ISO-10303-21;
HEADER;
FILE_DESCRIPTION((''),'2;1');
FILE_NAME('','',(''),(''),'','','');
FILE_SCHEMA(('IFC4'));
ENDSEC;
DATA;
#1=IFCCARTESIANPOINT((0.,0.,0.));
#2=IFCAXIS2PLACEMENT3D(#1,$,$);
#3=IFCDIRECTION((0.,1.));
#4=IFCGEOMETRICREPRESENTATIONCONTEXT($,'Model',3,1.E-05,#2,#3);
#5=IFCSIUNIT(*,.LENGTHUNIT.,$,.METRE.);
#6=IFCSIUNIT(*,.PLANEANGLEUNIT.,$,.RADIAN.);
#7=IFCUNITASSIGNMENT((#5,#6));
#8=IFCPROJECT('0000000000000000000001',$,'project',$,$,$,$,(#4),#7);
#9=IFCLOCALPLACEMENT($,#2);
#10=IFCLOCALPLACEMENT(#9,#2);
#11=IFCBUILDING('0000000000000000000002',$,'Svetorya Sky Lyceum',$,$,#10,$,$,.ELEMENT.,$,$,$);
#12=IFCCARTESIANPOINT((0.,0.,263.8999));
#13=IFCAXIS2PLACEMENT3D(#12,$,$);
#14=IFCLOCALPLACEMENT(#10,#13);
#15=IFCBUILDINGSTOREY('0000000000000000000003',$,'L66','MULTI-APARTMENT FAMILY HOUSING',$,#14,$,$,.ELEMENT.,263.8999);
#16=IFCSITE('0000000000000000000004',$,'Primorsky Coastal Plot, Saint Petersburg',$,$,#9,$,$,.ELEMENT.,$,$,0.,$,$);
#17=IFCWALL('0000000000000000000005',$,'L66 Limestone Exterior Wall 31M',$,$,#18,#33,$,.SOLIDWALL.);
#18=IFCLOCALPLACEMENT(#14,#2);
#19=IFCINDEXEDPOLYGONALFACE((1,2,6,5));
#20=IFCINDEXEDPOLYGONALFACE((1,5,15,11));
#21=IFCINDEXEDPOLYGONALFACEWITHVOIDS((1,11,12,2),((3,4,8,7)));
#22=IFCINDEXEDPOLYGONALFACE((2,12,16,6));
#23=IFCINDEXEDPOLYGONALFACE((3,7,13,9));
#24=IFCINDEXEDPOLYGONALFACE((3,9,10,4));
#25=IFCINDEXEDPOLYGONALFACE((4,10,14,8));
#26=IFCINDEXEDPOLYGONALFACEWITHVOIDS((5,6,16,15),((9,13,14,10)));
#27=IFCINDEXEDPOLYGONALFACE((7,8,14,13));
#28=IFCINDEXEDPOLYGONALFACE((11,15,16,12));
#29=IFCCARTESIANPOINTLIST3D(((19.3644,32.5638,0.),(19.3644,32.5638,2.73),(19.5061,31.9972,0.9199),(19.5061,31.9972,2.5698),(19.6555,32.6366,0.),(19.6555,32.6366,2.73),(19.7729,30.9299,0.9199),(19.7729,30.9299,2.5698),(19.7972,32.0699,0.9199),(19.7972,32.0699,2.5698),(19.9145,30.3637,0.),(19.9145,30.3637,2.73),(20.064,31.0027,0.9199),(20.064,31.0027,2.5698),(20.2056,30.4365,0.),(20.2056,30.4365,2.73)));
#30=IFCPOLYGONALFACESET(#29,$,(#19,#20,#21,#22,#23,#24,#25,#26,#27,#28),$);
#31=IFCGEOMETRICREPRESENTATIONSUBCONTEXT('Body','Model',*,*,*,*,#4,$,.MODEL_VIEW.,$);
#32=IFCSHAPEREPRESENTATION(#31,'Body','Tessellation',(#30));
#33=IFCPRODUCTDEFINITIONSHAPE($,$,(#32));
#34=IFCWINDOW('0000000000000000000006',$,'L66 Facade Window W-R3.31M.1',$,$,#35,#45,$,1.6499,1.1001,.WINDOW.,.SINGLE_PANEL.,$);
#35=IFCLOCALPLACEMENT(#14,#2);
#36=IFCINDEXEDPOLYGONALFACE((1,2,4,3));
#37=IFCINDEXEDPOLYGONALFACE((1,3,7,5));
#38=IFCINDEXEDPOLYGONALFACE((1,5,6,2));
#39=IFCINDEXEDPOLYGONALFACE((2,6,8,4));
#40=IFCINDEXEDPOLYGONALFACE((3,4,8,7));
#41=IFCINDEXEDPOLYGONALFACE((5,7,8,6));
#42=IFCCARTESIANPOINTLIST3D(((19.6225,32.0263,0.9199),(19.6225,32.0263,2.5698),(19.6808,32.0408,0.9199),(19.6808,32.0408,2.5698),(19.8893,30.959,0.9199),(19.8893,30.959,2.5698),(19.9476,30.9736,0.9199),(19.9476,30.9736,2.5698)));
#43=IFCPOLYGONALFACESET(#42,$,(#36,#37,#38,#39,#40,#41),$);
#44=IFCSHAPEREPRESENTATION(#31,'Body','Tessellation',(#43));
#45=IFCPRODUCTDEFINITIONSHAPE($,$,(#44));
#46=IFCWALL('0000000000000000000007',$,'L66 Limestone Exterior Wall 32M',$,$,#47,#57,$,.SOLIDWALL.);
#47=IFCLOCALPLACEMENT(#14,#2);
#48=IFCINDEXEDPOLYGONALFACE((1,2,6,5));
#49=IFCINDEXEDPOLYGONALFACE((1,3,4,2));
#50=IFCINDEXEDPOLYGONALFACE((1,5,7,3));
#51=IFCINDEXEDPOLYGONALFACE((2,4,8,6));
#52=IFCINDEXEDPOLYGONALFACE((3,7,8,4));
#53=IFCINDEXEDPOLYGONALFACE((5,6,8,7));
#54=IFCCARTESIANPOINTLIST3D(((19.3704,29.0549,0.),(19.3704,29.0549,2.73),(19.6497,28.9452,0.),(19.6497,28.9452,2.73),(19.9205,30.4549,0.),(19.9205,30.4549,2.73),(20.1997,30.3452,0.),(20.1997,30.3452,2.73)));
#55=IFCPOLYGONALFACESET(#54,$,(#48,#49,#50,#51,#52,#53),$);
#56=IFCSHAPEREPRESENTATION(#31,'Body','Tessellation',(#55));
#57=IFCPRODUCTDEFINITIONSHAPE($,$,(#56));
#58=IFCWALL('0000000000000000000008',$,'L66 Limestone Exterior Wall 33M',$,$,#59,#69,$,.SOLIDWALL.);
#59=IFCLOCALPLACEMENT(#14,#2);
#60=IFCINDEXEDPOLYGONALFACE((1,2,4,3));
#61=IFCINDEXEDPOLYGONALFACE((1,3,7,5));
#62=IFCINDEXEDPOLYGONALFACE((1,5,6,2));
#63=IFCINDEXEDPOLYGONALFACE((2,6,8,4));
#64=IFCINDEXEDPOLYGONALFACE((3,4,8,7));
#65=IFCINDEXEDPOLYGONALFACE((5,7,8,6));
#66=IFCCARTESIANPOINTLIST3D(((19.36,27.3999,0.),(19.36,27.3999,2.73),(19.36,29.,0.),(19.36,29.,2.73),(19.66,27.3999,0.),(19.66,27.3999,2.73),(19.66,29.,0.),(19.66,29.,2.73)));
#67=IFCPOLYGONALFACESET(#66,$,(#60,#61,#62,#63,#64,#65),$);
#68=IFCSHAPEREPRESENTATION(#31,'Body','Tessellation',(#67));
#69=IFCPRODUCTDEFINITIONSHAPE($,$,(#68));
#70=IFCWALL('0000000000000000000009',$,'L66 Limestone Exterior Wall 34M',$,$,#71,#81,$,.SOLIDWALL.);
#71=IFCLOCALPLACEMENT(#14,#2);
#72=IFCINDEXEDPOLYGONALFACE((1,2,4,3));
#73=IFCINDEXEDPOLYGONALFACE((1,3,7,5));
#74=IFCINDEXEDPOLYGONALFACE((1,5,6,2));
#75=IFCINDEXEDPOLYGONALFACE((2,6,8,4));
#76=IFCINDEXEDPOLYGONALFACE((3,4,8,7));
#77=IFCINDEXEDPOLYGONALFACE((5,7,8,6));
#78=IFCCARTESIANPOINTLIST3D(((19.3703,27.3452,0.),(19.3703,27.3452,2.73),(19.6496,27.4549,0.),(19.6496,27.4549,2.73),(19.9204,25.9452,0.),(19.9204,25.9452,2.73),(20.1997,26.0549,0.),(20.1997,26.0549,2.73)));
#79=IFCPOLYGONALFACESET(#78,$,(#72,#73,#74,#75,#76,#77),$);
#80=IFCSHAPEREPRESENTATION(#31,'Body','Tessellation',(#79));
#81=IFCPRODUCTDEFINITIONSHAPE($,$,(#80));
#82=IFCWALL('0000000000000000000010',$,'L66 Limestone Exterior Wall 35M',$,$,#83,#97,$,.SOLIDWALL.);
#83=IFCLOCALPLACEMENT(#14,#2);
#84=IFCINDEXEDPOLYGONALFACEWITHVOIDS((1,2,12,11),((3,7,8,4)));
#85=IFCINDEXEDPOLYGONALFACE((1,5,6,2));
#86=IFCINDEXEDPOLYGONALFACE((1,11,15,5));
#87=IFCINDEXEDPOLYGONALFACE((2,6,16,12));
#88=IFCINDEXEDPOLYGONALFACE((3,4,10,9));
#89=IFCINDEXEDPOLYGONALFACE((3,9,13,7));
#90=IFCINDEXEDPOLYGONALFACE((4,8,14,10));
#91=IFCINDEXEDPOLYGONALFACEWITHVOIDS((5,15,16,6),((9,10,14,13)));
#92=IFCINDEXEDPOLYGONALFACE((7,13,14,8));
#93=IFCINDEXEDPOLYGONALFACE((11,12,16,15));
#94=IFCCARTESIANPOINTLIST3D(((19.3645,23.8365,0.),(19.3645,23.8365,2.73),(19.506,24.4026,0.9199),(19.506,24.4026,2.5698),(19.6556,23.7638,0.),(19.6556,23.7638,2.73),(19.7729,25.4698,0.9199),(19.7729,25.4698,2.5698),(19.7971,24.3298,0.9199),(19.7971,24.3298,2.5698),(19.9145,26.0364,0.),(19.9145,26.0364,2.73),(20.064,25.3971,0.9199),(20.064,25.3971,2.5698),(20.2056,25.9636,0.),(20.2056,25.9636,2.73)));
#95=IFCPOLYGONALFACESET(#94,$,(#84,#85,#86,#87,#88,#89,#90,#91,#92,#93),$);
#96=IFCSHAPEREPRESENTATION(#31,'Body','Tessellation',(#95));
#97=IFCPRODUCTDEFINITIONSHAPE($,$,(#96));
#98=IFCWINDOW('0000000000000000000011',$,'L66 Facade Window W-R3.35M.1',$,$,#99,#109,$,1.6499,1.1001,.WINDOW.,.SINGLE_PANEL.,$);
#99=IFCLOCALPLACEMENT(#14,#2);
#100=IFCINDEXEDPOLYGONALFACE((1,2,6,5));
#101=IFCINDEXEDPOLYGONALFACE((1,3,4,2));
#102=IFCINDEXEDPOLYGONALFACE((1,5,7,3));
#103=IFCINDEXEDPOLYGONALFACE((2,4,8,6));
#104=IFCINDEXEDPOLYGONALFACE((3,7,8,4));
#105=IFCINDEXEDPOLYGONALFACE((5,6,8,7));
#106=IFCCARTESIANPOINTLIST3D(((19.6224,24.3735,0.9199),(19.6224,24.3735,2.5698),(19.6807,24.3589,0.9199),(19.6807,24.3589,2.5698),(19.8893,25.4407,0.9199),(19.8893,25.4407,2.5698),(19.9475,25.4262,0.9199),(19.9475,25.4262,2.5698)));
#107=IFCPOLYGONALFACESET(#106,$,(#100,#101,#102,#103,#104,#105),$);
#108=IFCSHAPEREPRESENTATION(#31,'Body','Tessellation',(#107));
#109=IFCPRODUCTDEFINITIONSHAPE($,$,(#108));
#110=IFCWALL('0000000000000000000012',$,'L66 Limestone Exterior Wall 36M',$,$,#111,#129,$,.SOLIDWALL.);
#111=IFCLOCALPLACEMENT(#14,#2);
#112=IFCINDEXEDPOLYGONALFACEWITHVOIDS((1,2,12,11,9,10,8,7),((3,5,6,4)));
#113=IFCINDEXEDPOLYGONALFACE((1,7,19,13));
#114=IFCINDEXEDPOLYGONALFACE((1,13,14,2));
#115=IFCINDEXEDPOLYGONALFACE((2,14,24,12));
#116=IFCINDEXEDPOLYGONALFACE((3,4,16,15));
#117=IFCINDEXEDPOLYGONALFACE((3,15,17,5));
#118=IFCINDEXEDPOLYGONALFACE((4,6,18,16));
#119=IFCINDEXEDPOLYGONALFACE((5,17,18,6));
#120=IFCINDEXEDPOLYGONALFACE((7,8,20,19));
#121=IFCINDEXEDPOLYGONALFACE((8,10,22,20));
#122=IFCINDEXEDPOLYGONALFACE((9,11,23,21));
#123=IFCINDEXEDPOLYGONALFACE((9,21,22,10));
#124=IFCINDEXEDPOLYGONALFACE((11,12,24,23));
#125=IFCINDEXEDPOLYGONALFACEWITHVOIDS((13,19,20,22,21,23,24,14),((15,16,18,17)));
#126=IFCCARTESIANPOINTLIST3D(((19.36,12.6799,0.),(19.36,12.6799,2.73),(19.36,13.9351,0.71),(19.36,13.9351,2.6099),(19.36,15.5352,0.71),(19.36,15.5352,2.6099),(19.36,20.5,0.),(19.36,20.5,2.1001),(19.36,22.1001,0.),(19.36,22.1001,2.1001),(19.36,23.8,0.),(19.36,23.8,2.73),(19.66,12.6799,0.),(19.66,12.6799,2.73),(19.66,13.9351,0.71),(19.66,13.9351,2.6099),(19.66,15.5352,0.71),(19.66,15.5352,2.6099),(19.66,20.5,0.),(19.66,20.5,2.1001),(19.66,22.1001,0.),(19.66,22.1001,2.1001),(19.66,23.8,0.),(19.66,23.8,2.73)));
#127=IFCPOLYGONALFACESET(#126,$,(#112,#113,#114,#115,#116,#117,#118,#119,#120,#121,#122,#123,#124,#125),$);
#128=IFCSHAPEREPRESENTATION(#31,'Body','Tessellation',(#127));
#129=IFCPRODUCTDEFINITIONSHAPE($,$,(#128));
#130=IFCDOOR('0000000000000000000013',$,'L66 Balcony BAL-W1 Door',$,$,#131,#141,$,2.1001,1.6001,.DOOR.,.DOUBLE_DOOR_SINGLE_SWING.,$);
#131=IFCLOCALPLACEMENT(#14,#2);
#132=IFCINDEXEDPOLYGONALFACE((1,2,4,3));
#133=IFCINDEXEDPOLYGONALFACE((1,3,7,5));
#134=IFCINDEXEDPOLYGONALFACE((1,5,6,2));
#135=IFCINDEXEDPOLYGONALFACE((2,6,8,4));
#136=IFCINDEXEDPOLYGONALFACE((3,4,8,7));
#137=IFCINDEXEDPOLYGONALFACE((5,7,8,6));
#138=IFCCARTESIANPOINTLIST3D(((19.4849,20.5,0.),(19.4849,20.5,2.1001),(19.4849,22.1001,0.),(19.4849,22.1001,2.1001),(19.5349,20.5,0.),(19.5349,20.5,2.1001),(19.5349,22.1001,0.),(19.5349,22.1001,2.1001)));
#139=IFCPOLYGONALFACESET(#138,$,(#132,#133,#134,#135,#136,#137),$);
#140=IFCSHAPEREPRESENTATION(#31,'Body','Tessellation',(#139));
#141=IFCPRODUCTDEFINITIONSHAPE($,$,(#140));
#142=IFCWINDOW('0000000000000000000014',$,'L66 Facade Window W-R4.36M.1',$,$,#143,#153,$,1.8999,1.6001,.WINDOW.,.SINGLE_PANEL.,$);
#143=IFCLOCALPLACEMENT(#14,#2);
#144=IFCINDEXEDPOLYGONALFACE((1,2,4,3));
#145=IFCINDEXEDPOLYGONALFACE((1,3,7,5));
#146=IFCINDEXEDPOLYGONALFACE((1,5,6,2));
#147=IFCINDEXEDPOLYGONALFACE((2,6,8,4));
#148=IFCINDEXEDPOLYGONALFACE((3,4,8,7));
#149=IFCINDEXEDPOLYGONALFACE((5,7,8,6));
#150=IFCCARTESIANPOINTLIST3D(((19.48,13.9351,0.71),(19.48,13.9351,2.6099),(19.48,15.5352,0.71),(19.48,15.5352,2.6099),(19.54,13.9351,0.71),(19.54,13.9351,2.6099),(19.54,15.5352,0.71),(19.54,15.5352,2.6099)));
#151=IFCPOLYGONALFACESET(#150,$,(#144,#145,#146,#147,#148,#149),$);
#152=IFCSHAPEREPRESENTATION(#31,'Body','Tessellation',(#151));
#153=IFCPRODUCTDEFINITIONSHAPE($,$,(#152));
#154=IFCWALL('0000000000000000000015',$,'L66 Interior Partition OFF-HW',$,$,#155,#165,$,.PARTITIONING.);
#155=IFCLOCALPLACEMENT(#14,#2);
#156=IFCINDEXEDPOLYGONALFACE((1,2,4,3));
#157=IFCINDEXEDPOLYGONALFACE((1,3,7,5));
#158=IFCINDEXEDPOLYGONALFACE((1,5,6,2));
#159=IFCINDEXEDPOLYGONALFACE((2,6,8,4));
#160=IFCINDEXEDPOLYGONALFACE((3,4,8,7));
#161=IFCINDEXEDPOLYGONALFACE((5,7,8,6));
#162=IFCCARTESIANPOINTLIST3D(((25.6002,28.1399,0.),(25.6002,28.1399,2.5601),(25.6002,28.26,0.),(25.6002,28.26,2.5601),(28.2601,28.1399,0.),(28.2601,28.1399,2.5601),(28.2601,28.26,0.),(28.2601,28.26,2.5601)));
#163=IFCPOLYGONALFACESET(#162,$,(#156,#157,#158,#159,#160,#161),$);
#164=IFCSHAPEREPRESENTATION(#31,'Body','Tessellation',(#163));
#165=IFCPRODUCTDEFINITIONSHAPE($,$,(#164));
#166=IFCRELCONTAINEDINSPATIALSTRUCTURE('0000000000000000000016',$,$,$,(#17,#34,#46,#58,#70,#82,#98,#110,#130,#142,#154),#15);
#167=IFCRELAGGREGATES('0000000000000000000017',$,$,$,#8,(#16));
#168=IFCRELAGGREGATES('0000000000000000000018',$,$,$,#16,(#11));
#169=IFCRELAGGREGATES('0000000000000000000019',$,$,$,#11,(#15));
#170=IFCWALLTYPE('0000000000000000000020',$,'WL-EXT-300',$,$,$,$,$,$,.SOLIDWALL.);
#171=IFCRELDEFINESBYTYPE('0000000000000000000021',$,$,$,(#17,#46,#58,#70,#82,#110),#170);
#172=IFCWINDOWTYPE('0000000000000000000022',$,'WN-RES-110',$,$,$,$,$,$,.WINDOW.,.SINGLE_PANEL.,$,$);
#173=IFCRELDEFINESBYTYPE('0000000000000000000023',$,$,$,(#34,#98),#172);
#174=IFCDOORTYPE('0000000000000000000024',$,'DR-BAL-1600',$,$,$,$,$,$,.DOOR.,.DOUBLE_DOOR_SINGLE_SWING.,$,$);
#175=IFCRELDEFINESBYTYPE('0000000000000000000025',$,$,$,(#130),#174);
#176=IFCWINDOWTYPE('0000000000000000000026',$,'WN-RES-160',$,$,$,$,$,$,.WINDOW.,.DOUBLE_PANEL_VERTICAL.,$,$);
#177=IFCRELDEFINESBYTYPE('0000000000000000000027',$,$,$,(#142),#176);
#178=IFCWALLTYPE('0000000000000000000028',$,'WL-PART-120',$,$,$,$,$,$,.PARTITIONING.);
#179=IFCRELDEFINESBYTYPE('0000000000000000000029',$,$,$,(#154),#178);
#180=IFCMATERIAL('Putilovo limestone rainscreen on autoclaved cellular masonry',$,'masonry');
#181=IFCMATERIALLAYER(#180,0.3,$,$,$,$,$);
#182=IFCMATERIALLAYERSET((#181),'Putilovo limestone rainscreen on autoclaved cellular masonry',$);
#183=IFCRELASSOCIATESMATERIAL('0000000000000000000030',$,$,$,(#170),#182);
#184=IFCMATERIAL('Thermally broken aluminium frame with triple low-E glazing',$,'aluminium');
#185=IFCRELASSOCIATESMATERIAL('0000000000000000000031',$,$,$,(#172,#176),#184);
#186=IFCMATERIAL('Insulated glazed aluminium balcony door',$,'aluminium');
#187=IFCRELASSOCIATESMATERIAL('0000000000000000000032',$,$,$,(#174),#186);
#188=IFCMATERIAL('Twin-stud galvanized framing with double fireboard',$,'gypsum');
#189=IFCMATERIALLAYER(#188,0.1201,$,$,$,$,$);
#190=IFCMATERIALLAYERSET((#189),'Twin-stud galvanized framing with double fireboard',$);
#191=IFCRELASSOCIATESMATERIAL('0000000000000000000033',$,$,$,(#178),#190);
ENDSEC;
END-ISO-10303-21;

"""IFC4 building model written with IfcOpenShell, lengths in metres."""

from ifc_helpers import new_model, si_unit, direction, frame, frame_2d, origin, place, context, subcontext, project, spatial, rectangle, extrude, material, layer, layer_set, type_object, element, fill, save


model = new_model("IFC4")

# Units and contexts
model_context = context("Model", 3, precision=1e-05, world=origin(), true_north=direction((0.0, 1.0)))
body_context = subcontext(model_context, "Body", "Model", "MODEL_VIEW")
ifc_project = project(units=[si_unit("LENGTHUNIT", "METRE"), si_unit("PLANEANGLEUNIT", "RADIAN")], contexts=[model_context])

# Site, building, storey
site_placement = place(None, origin())
site = spatial("IfcSite", under=ifc_project, at=site_placement, Name="Primorsky Coastal Plot, Saint Petersburg", CompositionType="ELEMENT", RefElevation=0.0)
building_placement = place(site_placement, origin())
building = spatial("IfcBuilding", under=site, at=building_placement, Name="Svetorya Sky Lyceum", CompositionType="ELEMENT")
storey_placement = place(building_placement, frame((0.0, 0.0, 263.8999)))
storey = spatial("IfcBuildingStorey", under=building, at=storey_placement, Name="L66", Description="MULTI-APARTMENT FAMILY HOUSING", CompositionType="ELEMENT", Elevation=263.8999)

# Wall, opening, window
ifc_material_1 = material(Name="Putilovo limestone rainscreen on autoclaved cellular masonry", Category="masonry")
ifc_layer_1 = layer(ifc_material_1, 0.3)
ifc_layer_set_1 = layer_set([ifc_layer_1], Name="Putilovo limestone rainscreen on autoclaved cellular masonry")
wall_type_1 = type_object("IfcWallType", Name="WL-EXT-300", PredefinedType="SOLIDWALL", material=ifc_layer_set_1)
wall_1_placement = place(storey_placement, frame((19.51, 32.6001, 0.0), z_axis=(0.0, 0.0, 1.0), x_axis=(0.242536, -0.970143, 0.0)))
wall_1 = element("IfcWall", 1, at=wall_1_placement, inside=storey, type_object=wall_type_1, Name="L66 Limestone Exterior Wall 31M", PredefinedType="SOLIDWALL", context=body_context, shape_type="SweptSolid", body=[
    extrude(rectangle(XDim=2.2678, YDim=0.3, at=frame_2d((1.1338, 0.0))), origin(), (0.0, 0.0, 1.0), 2.73),
])
opening_1_placement = place(wall_1_placement, frame((0.584, 0.0, 0.9199)))
opening_1 = element("IfcOpeningElement", 2, at=opening_1_placement, cuts=wall_1, PredefinedType="OPENING", context=body_context, shape_type="SweptSolid", body=[
    extrude(rectangle(XDim=1.1001, YDim=1.6499, at=frame_2d((0.55, 0.825))), frame((0.0, 0.1599, 0.0), z_axis=(0.0, -1.0, 0.0), x_axis=(1.0, 0.0, 0.0)), (0.0, 0.0, 1.0), 0.3201),
])
ifc_material_2 = material(Name="Thermally broken aluminium frame with triple low-E glazing", Category="aluminium")
window_type_1 = type_object("IfcWindowType", Name="WN-RES-110", PartitioningType="SINGLE_PANEL", PredefinedType="WINDOW", material=ifc_material_2)
window_1_placement = place(opening_1_placement, origin())
window_1 = element("IfcWindow", 3, at=window_1_placement, inside=storey, type_object=window_type_1, Name="L66 Facade Window W-R3.31M.1", OverallHeight=1.6499, OverallWidth=1.1001, PartitioningType="SINGLE_PANEL", PredefinedType="WINDOW", context=body_context, shape_type="SweptSolid", body=[
    extrude(rectangle(XDim=1.1001, YDim=1.6499, at=frame_2d((0.55, 0.825))), frame((0.0, 0.03, 0.0), z_axis=(0.0, -1.0, 0.0), x_axis=(1.0, 0.0, 0.0)), (0.0, 0.0, 1.0), 0.0601),
])
fill(opening_1, window_1)

# Walls
wall_2_placement = place(storey_placement, frame((20.0601, 30.3999, 0.0), z_axis=(0.0, 0.0, 1.0), x_axis=(-0.365703, -0.930732, 0.0)))
element("IfcWall", 4, at=wall_2_placement, inside=storey, type_object=wall_type_1, Name="L66 Limestone Exterior Wall 32M", PredefinedType="SOLIDWALL", context=body_context, shape_type="SweptSolid", body=[
    extrude(rectangle(XDim=1.5042, YDim=0.3, at=frame_2d((0.752, 0.0))), origin(), (0.0, 0.0, 1.0), 2.73),
])
wall_3_placement = place(storey_placement, frame((19.51, 29.0, 0.0), z_axis=(0.0, 0.0, 1.0), x_axis=(0.0, -1.0, 0.0)))
element("IfcWall", 5, at=wall_3_placement, inside=storey, type_object=wall_type_1, Name="L66 Limestone Exterior Wall 33M", PredefinedType="SOLIDWALL", context=body_context, shape_type="SweptSolid", body=[
    extrude(rectangle(XDim=1.6001, YDim=0.3, at=frame_2d((0.8, 0.0))), origin(), (0.0, 0.0, 1.0), 2.73),
])
wall_4_placement = place(storey_placement, frame((19.51, 27.3999, 0.0), z_axis=(0.0, 0.0, 1.0), x_axis=(0.365703, -0.930732, 0.0)))
element("IfcWall", 6, at=wall_4_placement, inside=storey, type_object=wall_type_1, Name="L66 Limestone Exterior Wall 34M", PredefinedType="SOLIDWALL", context=body_context, shape_type="SweptSolid", body=[
    extrude(rectangle(XDim=1.5042, YDim=0.3, at=frame_2d((0.752, 0.0))), origin(), (0.0, 0.0, 1.0), 2.73),
])

# Wall, opening, window
wall_5_placement = place(storey_placement, frame((20.0601, 26.0, 0.0), z_axis=(0.0, 0.0, 1.0), x_axis=(-0.242561, -0.970136, 0.0)))
wall_5 = element("IfcWall", 7, at=wall_5_placement, inside=storey, type_object=wall_type_1, Name="L66 Limestone Exterior Wall 35M", PredefinedType="SOLIDWALL", context=body_context, shape_type="SweptSolid", body=[
    extrude(rectangle(XDim=2.2676, YDim=0.3, at=frame_2d((1.1338, 0.0))), origin(), (0.0, 0.0, 1.0), 2.73),
])
opening_2_placement = place(wall_5_placement, frame((0.584, 0.0, 0.9199)))
opening_2 = element("IfcOpeningElement", 8, at=opening_2_placement, cuts=wall_5, PredefinedType="OPENING", context=body_context, shape_type="SweptSolid", body=[
    extrude(rectangle(XDim=1.1001, YDim=1.6499, at=frame_2d((0.55, 0.825))), frame((0.0, 0.1599, 0.0), z_axis=(0.0, -1.0, 0.0), x_axis=(1.0, 0.0, 0.0)), (0.0, 0.0, 1.0), 0.3201),
])
window_2_placement = place(opening_2_placement, origin())
window_2 = element("IfcWindow", 9, at=window_2_placement, inside=storey, type_object=window_type_1, Name="L66 Facade Window W-R3.35M.1", OverallHeight=1.6499, OverallWidth=1.1001, PartitioningType="SINGLE_PANEL", PredefinedType="WINDOW", context=body_context, shape_type="SweptSolid", body=[
    extrude(rectangle(XDim=1.1001, YDim=1.6499, at=frame_2d((0.55, 0.825))), frame((0.0, 0.03, 0.0), z_axis=(0.0, -1.0, 0.0), x_axis=(1.0, 0.0, 0.0)), (0.0, 0.0, 1.0), 0.0601),
])
fill(opening_2, window_2)

# Wall, openings, door, window
wall_6_placement = place(storey_placement, frame((19.51, 23.8, 0.0), z_axis=(0.0, 0.0, 1.0), x_axis=(0.0, -1.0, 0.0)))
wall_6 = element("IfcWall", 10, at=wall_6_placement, inside=storey, type_object=wall_type_1, Name="L66 Limestone Exterior Wall 36M", PredefinedType="SOLIDWALL", context=body_context, shape_type="SweptSolid", body=[
    extrude(rectangle(XDim=11.1201, YDim=0.3, at=frame_2d((5.5601, 0.0))), origin(), (0.0, 0.0, 1.0), 2.73),
])
opening_3_placement = place(wall_6_placement, frame((1.7, 0.0, 0.0)))
opening_3 = element("IfcOpeningElement", 11, at=opening_3_placement, cuts=wall_6, PredefinedType="OPENING", context=body_context, shape_type="SweptSolid", body=[
    extrude(rectangle(XDim=1.6001, YDim=2.1001, at=frame_2d((0.8, 1.05))), frame((0.0, 0.1599, 0.0), z_axis=(0.0, -1.0, 0.0), x_axis=(1.0, 0.0, 0.0)), (0.0, 0.0, 1.0), 0.3201),
])
opening_4_placement = place(wall_6_placement, frame((8.2649, 0.0, 0.71)))
opening_4 = element("IfcOpeningElement", 12, at=opening_4_placement, cuts=wall_6, PredefinedType="OPENING", context=body_context, shape_type="SweptSolid", body=[
    extrude(rectangle(XDim=1.6001, YDim=1.8999, at=frame_2d((0.8, 0.95))), frame((0.0, 0.1599, 0.0), z_axis=(0.0, -1.0, 0.0), x_axis=(1.0, 0.0, 0.0)), (0.0, 0.0, 1.0), 0.3201),
])
ifc_material_3 = material(Name="Insulated glazed aluminium balcony door", Category="aluminium")
door_type_1 = type_object("IfcDoorType", Name="DR-BAL-1600", OperationType="DOUBLE_DOOR_SINGLE_SWING", PredefinedType="DOOR", material=ifc_material_3)
door_1_placement = place(opening_3_placement, origin())
door_1 = element("IfcDoor", 13, at=door_1_placement, inside=storey, type_object=door_type_1, Name="L66 Balcony BAL-W1 Door", OperationType="DOUBLE_DOOR_SINGLE_SWING", OverallHeight=2.1001, OverallWidth=1.6001, PredefinedType="DOOR", context=body_context, shape_type="SweptSolid", body=[
    extrude(rectangle(XDim=1.6001, YDim=2.1001, at=frame_2d((0.8, 1.05))), frame((0.0, 0.0249, 0.0), z_axis=(0.0, -1.0, 0.0), x_axis=(1.0, 0.0, 0.0)), (0.0, 0.0, 1.0), 0.05),
])
fill(opening_3, door_1)
window_type_2 = type_object("IfcWindowType", Name="WN-RES-160", PartitioningType="DOUBLE_PANEL_VERTICAL", PredefinedType="WINDOW", material=ifc_material_2)
window_3_placement = place(opening_4_placement, origin())
window_3 = element("IfcWindow", 14, at=window_3_placement, inside=storey, type_object=window_type_2, Name="L66 Facade Window W-R4.36M.1", OverallHeight=1.8999, OverallWidth=1.6001, PartitioningType="SINGLE_PANEL", PredefinedType="WINDOW", context=body_context, shape_type="SweptSolid", body=[
    extrude(rectangle(XDim=1.6001, YDim=1.8999, at=frame_2d((0.8, 0.95))), frame((0.0, 0.03, 0.0), z_axis=(0.0, -1.0, 0.0), x_axis=(1.0, 0.0, 0.0)), (0.0, 0.0, 1.0), 0.0601),
])
fill(opening_4, window_3)

# Wall
ifc_material_4 = material(Name="Twin-stud galvanized framing with double fireboard", Category="gypsum")
ifc_layer_2 = layer(ifc_material_4, 0.1201)
ifc_layer_set_2 = layer_set([ifc_layer_2], Name="Twin-stud galvanized framing with double fireboard")
wall_type_2 = type_object("IfcWallType", Name="WL-PART-120", PredefinedType="PARTITIONING", material=ifc_layer_set_2)
wall_7_placement = place(storey_placement, frame((25.6001, 28.2, 0.0), z_axis=(0.0, 0.0, 1.0), x_axis=(1.0, 0.0, 0.0)))
element("IfcWall", 15, at=wall_7_placement, inside=storey, type_object=wall_type_2, Name="L66 Interior Partition OFF-HW", PredefinedType="PARTITIONING", context=body_context, shape_type="SweptSolid", body=[
    extrude(rectangle(XDim=2.6599, YDim=0.1201, at=frame_2d((1.3301, 0.0))), origin(), (0.0, 0.0, 1.0), 2.5601),
])

save(model, "model.ifc")
